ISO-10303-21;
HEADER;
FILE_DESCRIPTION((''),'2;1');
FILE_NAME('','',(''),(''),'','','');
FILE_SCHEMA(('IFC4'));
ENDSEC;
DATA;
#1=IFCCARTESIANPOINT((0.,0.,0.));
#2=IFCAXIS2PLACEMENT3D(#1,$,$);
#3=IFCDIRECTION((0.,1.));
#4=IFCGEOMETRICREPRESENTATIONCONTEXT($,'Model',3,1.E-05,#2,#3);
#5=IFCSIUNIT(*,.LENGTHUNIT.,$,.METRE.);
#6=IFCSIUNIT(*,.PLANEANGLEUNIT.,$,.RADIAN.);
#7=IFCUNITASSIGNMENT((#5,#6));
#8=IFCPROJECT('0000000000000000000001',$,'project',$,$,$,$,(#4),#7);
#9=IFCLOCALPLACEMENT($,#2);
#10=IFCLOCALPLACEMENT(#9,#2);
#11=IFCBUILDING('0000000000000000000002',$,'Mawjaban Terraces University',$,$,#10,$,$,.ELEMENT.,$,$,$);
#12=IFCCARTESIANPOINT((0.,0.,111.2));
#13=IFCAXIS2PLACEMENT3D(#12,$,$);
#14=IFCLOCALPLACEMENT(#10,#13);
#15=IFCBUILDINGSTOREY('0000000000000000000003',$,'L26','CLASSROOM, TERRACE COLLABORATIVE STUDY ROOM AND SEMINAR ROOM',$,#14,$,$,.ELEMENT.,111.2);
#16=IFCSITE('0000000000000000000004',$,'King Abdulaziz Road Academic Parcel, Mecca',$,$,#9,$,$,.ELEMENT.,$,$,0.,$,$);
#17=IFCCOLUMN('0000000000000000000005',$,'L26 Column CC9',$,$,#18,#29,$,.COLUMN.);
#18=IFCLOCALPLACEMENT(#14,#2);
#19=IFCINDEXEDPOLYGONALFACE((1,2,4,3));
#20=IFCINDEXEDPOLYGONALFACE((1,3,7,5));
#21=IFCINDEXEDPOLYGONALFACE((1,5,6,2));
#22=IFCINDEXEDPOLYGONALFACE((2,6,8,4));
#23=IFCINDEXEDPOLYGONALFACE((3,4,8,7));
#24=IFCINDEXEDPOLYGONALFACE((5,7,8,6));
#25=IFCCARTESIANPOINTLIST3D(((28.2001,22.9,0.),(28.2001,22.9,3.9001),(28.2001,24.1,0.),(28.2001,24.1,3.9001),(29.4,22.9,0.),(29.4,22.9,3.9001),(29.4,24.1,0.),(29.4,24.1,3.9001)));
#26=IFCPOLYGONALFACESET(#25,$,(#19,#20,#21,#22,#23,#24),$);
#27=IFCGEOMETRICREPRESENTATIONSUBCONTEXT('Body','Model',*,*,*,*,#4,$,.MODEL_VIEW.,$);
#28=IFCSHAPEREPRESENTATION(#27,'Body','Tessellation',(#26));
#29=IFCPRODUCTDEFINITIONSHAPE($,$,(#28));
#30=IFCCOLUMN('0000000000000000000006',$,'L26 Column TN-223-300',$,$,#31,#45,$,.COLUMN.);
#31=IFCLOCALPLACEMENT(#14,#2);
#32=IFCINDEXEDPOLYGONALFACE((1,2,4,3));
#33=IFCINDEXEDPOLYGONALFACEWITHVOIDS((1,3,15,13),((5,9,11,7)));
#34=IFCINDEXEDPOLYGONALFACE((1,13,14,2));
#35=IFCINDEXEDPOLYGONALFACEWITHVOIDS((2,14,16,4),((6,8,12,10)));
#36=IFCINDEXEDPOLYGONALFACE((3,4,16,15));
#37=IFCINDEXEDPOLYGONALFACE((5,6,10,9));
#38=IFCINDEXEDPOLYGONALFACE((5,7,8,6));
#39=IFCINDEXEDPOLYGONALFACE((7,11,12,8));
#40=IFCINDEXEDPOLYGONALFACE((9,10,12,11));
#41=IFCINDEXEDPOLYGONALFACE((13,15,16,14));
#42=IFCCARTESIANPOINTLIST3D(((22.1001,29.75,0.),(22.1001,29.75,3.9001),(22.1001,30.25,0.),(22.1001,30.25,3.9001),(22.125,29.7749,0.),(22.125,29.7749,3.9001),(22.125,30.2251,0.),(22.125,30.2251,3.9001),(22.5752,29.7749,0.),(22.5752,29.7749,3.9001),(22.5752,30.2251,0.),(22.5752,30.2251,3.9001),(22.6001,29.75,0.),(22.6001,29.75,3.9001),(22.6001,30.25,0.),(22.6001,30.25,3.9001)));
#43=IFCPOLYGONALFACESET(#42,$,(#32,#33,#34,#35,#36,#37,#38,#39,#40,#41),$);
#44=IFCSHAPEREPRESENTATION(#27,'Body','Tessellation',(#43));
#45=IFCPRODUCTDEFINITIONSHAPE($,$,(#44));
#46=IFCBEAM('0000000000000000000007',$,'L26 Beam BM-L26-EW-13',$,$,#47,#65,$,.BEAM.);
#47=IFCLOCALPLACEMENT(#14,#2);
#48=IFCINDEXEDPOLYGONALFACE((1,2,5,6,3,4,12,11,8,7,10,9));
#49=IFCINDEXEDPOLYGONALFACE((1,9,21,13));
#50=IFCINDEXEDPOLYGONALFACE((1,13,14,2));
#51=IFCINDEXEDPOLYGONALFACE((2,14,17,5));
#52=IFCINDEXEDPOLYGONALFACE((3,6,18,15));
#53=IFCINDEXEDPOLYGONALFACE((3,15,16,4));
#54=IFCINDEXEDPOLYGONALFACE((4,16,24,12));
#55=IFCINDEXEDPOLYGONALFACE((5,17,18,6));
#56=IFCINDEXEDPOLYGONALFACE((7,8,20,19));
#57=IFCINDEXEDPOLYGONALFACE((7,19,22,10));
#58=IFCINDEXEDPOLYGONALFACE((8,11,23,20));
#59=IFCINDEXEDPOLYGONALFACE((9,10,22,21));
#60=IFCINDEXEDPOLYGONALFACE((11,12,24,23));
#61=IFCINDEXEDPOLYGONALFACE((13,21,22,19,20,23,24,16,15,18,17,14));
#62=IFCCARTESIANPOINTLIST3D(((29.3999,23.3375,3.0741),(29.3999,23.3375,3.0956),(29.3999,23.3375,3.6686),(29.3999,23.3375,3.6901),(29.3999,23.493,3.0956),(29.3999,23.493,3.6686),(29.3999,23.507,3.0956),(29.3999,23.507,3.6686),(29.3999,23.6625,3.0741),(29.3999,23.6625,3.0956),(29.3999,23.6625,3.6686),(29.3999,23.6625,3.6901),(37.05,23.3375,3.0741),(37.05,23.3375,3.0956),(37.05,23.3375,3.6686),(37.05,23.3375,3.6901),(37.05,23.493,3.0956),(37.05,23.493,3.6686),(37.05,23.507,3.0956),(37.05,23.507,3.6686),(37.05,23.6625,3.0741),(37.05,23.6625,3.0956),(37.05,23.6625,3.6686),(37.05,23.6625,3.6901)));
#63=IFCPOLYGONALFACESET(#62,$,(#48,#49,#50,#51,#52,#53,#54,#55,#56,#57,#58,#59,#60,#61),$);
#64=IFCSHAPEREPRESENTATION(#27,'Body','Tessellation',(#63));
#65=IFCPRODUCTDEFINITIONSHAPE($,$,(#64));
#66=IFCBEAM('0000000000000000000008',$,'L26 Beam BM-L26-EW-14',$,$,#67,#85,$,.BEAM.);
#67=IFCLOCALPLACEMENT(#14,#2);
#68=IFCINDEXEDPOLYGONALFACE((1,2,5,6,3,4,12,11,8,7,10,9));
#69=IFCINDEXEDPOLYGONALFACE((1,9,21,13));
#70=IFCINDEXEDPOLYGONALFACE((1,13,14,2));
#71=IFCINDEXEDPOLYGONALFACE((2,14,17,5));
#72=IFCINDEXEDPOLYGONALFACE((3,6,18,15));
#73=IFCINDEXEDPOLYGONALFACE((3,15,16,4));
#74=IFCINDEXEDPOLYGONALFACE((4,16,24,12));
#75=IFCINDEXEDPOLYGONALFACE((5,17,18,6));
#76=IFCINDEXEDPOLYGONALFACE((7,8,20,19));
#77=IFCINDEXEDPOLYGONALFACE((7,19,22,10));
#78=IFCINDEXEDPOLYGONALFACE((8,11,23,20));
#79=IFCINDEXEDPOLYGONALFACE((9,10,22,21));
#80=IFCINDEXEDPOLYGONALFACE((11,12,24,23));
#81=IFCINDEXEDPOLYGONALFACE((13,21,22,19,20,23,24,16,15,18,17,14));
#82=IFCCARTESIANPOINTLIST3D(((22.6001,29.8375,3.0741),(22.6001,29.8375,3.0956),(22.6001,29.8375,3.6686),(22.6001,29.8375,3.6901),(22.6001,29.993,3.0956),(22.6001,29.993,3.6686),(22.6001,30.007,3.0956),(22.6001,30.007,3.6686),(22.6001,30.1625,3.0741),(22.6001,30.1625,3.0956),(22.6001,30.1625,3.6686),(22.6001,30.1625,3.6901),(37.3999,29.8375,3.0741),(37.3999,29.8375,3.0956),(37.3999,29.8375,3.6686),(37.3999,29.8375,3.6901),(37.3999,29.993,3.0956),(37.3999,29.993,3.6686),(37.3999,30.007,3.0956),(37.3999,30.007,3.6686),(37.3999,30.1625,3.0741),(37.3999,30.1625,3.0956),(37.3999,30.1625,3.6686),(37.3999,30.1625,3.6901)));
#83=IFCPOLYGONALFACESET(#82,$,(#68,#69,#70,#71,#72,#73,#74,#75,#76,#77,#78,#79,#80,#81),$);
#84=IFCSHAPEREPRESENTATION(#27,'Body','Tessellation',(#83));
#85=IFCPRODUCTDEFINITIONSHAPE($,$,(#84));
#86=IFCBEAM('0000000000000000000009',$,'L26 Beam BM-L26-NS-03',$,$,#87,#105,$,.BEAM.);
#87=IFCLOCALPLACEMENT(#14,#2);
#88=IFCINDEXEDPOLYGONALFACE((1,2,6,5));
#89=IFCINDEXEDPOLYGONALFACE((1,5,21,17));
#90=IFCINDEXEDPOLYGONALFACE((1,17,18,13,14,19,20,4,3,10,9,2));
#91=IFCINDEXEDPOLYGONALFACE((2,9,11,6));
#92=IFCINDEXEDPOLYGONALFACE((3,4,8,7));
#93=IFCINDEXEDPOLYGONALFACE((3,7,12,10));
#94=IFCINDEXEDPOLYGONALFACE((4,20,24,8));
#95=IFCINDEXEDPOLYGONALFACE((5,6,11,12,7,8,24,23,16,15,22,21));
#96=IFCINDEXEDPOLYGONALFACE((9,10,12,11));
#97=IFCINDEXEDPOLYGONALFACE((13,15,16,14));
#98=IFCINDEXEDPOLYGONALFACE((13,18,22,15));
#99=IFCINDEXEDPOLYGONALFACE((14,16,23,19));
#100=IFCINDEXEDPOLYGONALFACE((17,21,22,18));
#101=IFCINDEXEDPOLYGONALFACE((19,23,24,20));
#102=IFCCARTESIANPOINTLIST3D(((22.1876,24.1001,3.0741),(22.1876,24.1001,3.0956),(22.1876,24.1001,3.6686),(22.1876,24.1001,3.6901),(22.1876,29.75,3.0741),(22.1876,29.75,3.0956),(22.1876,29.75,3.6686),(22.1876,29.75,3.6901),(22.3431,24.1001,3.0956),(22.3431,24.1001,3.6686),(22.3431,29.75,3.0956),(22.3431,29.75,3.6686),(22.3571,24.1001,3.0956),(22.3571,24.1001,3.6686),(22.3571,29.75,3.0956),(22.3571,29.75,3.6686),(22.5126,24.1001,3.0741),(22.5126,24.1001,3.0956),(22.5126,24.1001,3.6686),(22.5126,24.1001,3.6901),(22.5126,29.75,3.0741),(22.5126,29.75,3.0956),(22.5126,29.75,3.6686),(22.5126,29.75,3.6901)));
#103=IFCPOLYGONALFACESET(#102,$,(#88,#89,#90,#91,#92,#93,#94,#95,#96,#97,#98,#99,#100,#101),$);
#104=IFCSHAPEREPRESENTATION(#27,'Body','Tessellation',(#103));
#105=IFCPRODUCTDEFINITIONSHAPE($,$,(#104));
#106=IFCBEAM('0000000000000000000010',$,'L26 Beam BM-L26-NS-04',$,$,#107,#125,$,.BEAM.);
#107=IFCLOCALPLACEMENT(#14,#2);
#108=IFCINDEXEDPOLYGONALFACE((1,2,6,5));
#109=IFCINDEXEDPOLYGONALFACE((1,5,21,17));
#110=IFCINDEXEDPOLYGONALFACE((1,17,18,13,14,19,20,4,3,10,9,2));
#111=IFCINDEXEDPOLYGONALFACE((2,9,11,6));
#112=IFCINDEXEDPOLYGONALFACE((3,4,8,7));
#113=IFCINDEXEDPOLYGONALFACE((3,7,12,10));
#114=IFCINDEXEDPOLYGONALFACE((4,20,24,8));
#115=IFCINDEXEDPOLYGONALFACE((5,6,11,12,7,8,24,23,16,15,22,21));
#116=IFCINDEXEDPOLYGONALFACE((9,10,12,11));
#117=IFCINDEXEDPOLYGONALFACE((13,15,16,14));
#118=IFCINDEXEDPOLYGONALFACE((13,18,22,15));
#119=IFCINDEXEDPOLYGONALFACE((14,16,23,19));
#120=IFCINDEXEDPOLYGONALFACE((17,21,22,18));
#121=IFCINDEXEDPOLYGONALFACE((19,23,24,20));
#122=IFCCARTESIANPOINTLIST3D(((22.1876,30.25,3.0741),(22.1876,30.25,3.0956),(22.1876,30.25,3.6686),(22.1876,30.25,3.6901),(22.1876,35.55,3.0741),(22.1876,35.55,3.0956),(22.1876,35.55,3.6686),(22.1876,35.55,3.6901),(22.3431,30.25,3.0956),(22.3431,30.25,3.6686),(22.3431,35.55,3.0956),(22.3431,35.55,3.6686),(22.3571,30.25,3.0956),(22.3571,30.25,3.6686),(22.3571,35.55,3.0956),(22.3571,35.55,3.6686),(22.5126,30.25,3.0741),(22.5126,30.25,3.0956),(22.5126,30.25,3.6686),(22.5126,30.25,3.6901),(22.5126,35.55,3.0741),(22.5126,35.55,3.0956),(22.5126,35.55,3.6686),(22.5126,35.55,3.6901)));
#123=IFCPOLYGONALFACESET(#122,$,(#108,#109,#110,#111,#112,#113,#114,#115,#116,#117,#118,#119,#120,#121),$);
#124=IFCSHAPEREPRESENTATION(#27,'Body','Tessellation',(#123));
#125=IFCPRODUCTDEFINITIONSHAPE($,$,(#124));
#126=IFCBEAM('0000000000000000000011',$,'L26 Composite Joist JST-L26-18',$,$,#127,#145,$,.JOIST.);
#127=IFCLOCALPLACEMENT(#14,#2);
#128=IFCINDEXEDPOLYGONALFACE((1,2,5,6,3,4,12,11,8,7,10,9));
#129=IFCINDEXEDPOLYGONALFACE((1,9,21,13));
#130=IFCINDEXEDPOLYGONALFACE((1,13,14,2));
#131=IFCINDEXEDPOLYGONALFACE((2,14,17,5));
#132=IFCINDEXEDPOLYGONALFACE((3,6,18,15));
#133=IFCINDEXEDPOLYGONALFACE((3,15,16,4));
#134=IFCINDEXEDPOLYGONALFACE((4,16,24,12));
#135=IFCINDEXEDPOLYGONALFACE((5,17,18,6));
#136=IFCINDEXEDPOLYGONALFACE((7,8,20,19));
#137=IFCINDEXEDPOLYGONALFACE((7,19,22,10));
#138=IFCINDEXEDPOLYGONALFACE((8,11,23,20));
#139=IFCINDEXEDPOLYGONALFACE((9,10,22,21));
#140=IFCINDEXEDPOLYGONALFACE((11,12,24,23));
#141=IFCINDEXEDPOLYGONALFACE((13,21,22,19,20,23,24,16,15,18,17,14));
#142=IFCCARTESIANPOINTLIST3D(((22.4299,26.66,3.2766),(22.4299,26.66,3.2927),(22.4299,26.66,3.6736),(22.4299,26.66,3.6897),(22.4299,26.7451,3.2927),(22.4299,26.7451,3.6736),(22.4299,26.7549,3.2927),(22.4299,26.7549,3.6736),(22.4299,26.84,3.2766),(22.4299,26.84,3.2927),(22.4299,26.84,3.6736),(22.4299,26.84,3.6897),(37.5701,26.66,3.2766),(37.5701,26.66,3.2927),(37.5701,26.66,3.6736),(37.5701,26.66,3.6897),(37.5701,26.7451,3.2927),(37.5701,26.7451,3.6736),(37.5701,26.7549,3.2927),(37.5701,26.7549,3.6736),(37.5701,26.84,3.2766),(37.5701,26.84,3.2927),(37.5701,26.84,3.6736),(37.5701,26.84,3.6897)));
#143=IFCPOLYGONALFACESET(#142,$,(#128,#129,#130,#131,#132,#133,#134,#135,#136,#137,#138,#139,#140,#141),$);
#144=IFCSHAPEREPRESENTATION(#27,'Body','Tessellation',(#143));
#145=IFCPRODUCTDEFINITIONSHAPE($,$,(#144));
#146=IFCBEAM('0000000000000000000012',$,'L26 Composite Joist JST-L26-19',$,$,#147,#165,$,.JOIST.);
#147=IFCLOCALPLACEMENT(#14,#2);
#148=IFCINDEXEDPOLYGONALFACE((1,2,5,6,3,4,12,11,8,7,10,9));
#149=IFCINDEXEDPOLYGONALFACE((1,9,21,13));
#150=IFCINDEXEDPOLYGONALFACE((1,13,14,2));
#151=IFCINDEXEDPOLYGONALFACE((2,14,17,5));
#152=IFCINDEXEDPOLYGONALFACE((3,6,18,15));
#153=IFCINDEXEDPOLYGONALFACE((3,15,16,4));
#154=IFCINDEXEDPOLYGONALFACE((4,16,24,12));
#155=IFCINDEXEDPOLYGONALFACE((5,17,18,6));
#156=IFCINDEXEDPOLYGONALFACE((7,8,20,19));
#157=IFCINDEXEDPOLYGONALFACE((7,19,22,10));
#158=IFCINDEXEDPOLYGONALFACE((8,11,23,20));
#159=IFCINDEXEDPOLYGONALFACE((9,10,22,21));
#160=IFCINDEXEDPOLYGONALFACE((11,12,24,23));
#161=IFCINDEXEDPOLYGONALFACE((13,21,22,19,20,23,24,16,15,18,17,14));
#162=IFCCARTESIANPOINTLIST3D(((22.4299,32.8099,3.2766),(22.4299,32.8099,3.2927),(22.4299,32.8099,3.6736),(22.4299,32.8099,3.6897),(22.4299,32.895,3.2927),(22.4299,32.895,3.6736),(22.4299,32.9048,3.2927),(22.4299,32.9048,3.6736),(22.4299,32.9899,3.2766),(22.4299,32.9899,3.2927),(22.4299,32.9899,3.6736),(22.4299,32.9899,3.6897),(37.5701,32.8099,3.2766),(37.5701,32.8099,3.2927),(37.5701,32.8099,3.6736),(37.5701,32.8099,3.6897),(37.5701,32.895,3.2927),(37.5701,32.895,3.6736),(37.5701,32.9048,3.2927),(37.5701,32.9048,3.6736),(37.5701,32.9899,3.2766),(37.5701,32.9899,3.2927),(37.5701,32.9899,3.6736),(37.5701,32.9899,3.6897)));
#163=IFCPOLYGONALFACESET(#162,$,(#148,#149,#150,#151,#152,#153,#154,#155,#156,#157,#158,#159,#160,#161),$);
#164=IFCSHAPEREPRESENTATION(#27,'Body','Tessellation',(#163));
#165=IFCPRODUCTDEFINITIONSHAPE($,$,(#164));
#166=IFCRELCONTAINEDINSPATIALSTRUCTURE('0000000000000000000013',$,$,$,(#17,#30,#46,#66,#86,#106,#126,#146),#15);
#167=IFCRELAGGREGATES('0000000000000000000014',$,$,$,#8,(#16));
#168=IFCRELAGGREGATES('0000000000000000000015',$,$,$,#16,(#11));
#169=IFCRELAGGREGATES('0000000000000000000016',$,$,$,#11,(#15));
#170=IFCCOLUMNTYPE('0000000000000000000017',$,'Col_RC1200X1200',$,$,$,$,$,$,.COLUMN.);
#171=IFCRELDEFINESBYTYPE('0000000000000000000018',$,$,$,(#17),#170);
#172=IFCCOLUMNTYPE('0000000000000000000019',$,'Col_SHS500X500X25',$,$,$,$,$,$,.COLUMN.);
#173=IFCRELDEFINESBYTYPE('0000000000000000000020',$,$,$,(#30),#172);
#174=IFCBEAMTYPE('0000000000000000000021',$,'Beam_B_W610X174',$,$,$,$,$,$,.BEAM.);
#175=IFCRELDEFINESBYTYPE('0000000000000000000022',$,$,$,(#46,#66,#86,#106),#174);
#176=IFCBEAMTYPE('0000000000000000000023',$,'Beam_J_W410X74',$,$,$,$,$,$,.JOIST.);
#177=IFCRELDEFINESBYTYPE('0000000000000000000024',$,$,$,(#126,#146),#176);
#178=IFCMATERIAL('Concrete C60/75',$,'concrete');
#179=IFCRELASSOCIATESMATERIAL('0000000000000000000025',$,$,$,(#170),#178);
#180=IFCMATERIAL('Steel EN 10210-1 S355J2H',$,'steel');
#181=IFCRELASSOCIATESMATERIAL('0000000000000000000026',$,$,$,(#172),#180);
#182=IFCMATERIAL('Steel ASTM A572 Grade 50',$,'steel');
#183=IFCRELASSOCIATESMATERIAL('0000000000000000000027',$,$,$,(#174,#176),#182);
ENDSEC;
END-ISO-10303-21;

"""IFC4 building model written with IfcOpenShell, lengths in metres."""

from ifc_helpers import new_model, si_unit, direction, frame, origin, origin_2d, place, context, subcontext, project, spatial, rectangle, hollow_rectangle, i_section, extrude, material, material_profile, profile_set, type_object, element, save


model = new_model("IFC4")

# Units and contexts
model_context = context("Model", 3, precision=1e-05, world=origin(), true_north=direction((0.0, 1.0)))
body_context = subcontext(model_context, "Body", "Model", "MODEL_VIEW")
ifc_project = project(units=[si_unit("LENGTHUNIT", "METRE"), si_unit("PLANEANGLEUNIT", "RADIAN")], contexts=[model_context])

# Site, building, storey
site_placement = place(None, origin())
site = spatial("IfcSite", under=ifc_project, at=site_placement, Name="King Abdulaziz Road Academic Parcel, Mecca", CompositionType="ELEMENT", RefElevation=0.0)
building_placement = place(site_placement, origin())
building = spatial("IfcBuilding", under=site, at=building_placement, Name="Mawjaban Terraces University", CompositionType="ELEMENT")
storey_placement = place(building_placement, frame((0.0, 0.0, 111.2)))
storey = spatial("IfcBuildingStorey", under=building, at=storey_placement, Name="L26", Description="CLASSROOM, TERRACE COLLABORATIVE STUDY ROOM AND SEMINAR ROOM", CompositionType="ELEMENT", Elevation=111.2)

# Columns
ifc_material_1 = material(Name="Concrete C60/75", Category="concrete")
ifc_material_profile_1 = material_profile(ifc_material_1, rectangle(XDim=1.2, YDim=1.2, at=origin_2d()), Name="RC1200X1200")
ifc_profile_set_1 = profile_set([ifc_material_profile_1], Name="Concrete C60/75")
column_type_1 = type_object("IfcColumnType", Name="Col_RC1200X1200", PredefinedType="COLUMN", material=ifc_profile_set_1)
column_1_placement = place(storey_placement, frame((28.8, 23.5, 0.0), z_axis=(0.0, 0.0, 1.0), x_axis=(1.0, 0.0, 0.0)))
element("IfcColumn", 1, at=column_1_placement, inside=storey, type_object=column_type_1, Name="L26 Column CC9", PredefinedType="COLUMN", context=body_context, shape_type="SweptSolid", body=[
    extrude(rectangle(XDim=1.2, YDim=1.2, at=origin_2d()), origin(), (0.0, 0.0, 1.0), 3.9001),
])
ifc_material_2 = material(Name="Steel EN 10210-1 S355J2H", Category="steel")
ifc_material_profile_2 = material_profile(ifc_material_2, hollow_rectangle(XDim=0.5, YDim=0.5, WallThickness=0.0249, at=origin_2d()), Name="SHS500X500X25")
ifc_profile_set_2 = profile_set([ifc_material_profile_2], Name="Steel EN 10210-1 S355J2H")
column_type_2 = type_object("IfcColumnType", Name="Col_SHS500X500X25", PredefinedType="COLUMN", material=ifc_profile_set_2)
column_2_placement = place(storey_placement, frame((22.3501, 30.0, 0.0), z_axis=(0.0, 0.0, 1.0), x_axis=(1.0, 0.0, 0.0)))
element("IfcColumn", 2, at=column_2_placement, inside=storey, type_object=column_type_2, Name="L26 Column TN-223-300", PredefinedType="COLUMN", context=body_context, shape_type="SweptSolid", body=[
    extrude(hollow_rectangle(XDim=0.5, YDim=0.5, WallThickness=0.0249, at=origin_2d()), origin(), (0.0, 0.0, 1.0), 3.9001),
])

# Beams
ifc_material_3 = material(Name="Steel ASTM A572 Grade 50", Category="steel")
ifc_material_profile_3 = material_profile(ifc_material_3, i_section(OverallWidth=0.325, OverallDepth=0.616, WebThickness=0.0139, FlangeThickness=0.0215, at=origin_2d()), Name="W610X174")
ifc_profile_set_3 = profile_set([ifc_material_profile_3], Name="Steel ASTM A572 Grade 50")
beam_type_1 = type_object("IfcBeamType", Name="Beam_B_W610X174", PredefinedType="BEAM", material=ifc_profile_set_3)
beam_1_placement = place(storey_placement, frame((29.3999, 23.5, 3.3821), z_axis=(1.0, 0.0, 0.0), x_axis=(0.0, 1.0, 0.0)))
element("IfcBeam", 3, at=beam_1_placement, inside=storey, type_object=beam_type_1, Name="L26 Beam BM-L26-EW-13", PredefinedType="BEAM", context=body_context, shape_type="SweptSolid", body=[
    extrude(i_section(OverallWidth=0.325, OverallDepth=0.616, WebThickness=0.0139, FlangeThickness=0.0215, at=origin_2d()), origin(), (0.0, 0.0, 1.0), 7.6501),
])
beam_2_placement = place(storey_placement, frame((22.6001, 30.0, 3.3821), z_axis=(1.0, 0.0, 0.0), x_axis=(0.0, 1.0, 0.0)))
element("IfcBeam", 4, at=beam_2_placement, inside=storey, type_object=beam_type_1, Name="L26 Beam BM-L26-EW-14", PredefinedType="BEAM", context=body_context, shape_type="SweptSolid", body=[
    extrude(i_section(OverallWidth=0.325, OverallDepth=0.616, WebThickness=0.0139, FlangeThickness=0.0215, at=origin_2d()), origin(), (0.0, 0.0, 1.0), 14.7998),
])
beam_3_placement = place(storey_placement, frame((22.3501, 24.1001, 3.3821), z_axis=(0.0, 1.0, 0.0), x_axis=(-1.0, 0.0, 0.0)))
element("IfcBeam", 5, at=beam_3_placement, inside=storey, type_object=beam_type_1, Name="L26 Beam BM-L26-NS-03", PredefinedType="BEAM", context=body_context, shape_type="SweptSolid", body=[
    extrude(i_section(OverallWidth=0.325, OverallDepth=0.616, WebThickness=0.0139, FlangeThickness=0.0215, at=origin_2d()), origin(), (0.0, 0.0, 1.0), 5.6499),
])
beam_4_placement = place(storey_placement, frame((22.3501, 30.25, 3.3821), z_axis=(0.0, 1.0, 0.0), x_axis=(-1.0, 0.0, 0.0)))
element("IfcBeam", 6, at=beam_4_placement, inside=storey, type_object=beam_type_1, Name="L26 Beam BM-L26-NS-04", PredefinedType="BEAM", context=body_context, shape_type="SweptSolid", body=[
    extrude(i_section(OverallWidth=0.325, OverallDepth=0.616, WebThickness=0.0139, FlangeThickness=0.0215, at=origin_2d()), origin(), (0.0, 0.0, 1.0), 5.3),
])
ifc_material_profile_4 = material_profile(ifc_material_3, i_section(OverallWidth=0.1799, OverallDepth=0.4131, WebThickness=0.0098, FlangeThickness=0.0161, at=origin_2d()), Name="W410X74")
ifc_profile_set_4 = profile_set([ifc_material_profile_4], Name="Steel ASTM A572 Grade 50")
beam_type_2 = type_object("IfcBeamType", Name="Beam_J_W410X74", PredefinedType="JOIST", material=ifc_profile_set_4)
for number, where, z_axis, x_axis, name in (
    (7, (22.4299, 26.75, 3.4832), (1.0, 0.0, 0.0), (0.0, 1.0, 0.0), "L26 Composite Joist JST-L26-18"),
    (8, (22.4299, 32.8999, 3.4832), (1.0, 0.0, 0.0), (0.0, 1.0, 0.0), "L26 Composite Joist JST-L26-19"),
):
    element("IfcBeam", number, at=place(storey_placement, frame(where, z_axis=z_axis, x_axis=x_axis)), inside=storey, type_object=beam_type_2, Name=name, PredefinedType="JOIST", context=body_context, shape_type="SweptSolid", body=[
        extrude(i_section(OverallWidth=0.1799, OverallDepth=0.4131, WebThickness=0.0098, FlangeThickness=0.0161, at=origin_2d()), origin(), (0.0, 0.0, 1.0), 15.1401),
    ])

save(model, "model.ifc")
